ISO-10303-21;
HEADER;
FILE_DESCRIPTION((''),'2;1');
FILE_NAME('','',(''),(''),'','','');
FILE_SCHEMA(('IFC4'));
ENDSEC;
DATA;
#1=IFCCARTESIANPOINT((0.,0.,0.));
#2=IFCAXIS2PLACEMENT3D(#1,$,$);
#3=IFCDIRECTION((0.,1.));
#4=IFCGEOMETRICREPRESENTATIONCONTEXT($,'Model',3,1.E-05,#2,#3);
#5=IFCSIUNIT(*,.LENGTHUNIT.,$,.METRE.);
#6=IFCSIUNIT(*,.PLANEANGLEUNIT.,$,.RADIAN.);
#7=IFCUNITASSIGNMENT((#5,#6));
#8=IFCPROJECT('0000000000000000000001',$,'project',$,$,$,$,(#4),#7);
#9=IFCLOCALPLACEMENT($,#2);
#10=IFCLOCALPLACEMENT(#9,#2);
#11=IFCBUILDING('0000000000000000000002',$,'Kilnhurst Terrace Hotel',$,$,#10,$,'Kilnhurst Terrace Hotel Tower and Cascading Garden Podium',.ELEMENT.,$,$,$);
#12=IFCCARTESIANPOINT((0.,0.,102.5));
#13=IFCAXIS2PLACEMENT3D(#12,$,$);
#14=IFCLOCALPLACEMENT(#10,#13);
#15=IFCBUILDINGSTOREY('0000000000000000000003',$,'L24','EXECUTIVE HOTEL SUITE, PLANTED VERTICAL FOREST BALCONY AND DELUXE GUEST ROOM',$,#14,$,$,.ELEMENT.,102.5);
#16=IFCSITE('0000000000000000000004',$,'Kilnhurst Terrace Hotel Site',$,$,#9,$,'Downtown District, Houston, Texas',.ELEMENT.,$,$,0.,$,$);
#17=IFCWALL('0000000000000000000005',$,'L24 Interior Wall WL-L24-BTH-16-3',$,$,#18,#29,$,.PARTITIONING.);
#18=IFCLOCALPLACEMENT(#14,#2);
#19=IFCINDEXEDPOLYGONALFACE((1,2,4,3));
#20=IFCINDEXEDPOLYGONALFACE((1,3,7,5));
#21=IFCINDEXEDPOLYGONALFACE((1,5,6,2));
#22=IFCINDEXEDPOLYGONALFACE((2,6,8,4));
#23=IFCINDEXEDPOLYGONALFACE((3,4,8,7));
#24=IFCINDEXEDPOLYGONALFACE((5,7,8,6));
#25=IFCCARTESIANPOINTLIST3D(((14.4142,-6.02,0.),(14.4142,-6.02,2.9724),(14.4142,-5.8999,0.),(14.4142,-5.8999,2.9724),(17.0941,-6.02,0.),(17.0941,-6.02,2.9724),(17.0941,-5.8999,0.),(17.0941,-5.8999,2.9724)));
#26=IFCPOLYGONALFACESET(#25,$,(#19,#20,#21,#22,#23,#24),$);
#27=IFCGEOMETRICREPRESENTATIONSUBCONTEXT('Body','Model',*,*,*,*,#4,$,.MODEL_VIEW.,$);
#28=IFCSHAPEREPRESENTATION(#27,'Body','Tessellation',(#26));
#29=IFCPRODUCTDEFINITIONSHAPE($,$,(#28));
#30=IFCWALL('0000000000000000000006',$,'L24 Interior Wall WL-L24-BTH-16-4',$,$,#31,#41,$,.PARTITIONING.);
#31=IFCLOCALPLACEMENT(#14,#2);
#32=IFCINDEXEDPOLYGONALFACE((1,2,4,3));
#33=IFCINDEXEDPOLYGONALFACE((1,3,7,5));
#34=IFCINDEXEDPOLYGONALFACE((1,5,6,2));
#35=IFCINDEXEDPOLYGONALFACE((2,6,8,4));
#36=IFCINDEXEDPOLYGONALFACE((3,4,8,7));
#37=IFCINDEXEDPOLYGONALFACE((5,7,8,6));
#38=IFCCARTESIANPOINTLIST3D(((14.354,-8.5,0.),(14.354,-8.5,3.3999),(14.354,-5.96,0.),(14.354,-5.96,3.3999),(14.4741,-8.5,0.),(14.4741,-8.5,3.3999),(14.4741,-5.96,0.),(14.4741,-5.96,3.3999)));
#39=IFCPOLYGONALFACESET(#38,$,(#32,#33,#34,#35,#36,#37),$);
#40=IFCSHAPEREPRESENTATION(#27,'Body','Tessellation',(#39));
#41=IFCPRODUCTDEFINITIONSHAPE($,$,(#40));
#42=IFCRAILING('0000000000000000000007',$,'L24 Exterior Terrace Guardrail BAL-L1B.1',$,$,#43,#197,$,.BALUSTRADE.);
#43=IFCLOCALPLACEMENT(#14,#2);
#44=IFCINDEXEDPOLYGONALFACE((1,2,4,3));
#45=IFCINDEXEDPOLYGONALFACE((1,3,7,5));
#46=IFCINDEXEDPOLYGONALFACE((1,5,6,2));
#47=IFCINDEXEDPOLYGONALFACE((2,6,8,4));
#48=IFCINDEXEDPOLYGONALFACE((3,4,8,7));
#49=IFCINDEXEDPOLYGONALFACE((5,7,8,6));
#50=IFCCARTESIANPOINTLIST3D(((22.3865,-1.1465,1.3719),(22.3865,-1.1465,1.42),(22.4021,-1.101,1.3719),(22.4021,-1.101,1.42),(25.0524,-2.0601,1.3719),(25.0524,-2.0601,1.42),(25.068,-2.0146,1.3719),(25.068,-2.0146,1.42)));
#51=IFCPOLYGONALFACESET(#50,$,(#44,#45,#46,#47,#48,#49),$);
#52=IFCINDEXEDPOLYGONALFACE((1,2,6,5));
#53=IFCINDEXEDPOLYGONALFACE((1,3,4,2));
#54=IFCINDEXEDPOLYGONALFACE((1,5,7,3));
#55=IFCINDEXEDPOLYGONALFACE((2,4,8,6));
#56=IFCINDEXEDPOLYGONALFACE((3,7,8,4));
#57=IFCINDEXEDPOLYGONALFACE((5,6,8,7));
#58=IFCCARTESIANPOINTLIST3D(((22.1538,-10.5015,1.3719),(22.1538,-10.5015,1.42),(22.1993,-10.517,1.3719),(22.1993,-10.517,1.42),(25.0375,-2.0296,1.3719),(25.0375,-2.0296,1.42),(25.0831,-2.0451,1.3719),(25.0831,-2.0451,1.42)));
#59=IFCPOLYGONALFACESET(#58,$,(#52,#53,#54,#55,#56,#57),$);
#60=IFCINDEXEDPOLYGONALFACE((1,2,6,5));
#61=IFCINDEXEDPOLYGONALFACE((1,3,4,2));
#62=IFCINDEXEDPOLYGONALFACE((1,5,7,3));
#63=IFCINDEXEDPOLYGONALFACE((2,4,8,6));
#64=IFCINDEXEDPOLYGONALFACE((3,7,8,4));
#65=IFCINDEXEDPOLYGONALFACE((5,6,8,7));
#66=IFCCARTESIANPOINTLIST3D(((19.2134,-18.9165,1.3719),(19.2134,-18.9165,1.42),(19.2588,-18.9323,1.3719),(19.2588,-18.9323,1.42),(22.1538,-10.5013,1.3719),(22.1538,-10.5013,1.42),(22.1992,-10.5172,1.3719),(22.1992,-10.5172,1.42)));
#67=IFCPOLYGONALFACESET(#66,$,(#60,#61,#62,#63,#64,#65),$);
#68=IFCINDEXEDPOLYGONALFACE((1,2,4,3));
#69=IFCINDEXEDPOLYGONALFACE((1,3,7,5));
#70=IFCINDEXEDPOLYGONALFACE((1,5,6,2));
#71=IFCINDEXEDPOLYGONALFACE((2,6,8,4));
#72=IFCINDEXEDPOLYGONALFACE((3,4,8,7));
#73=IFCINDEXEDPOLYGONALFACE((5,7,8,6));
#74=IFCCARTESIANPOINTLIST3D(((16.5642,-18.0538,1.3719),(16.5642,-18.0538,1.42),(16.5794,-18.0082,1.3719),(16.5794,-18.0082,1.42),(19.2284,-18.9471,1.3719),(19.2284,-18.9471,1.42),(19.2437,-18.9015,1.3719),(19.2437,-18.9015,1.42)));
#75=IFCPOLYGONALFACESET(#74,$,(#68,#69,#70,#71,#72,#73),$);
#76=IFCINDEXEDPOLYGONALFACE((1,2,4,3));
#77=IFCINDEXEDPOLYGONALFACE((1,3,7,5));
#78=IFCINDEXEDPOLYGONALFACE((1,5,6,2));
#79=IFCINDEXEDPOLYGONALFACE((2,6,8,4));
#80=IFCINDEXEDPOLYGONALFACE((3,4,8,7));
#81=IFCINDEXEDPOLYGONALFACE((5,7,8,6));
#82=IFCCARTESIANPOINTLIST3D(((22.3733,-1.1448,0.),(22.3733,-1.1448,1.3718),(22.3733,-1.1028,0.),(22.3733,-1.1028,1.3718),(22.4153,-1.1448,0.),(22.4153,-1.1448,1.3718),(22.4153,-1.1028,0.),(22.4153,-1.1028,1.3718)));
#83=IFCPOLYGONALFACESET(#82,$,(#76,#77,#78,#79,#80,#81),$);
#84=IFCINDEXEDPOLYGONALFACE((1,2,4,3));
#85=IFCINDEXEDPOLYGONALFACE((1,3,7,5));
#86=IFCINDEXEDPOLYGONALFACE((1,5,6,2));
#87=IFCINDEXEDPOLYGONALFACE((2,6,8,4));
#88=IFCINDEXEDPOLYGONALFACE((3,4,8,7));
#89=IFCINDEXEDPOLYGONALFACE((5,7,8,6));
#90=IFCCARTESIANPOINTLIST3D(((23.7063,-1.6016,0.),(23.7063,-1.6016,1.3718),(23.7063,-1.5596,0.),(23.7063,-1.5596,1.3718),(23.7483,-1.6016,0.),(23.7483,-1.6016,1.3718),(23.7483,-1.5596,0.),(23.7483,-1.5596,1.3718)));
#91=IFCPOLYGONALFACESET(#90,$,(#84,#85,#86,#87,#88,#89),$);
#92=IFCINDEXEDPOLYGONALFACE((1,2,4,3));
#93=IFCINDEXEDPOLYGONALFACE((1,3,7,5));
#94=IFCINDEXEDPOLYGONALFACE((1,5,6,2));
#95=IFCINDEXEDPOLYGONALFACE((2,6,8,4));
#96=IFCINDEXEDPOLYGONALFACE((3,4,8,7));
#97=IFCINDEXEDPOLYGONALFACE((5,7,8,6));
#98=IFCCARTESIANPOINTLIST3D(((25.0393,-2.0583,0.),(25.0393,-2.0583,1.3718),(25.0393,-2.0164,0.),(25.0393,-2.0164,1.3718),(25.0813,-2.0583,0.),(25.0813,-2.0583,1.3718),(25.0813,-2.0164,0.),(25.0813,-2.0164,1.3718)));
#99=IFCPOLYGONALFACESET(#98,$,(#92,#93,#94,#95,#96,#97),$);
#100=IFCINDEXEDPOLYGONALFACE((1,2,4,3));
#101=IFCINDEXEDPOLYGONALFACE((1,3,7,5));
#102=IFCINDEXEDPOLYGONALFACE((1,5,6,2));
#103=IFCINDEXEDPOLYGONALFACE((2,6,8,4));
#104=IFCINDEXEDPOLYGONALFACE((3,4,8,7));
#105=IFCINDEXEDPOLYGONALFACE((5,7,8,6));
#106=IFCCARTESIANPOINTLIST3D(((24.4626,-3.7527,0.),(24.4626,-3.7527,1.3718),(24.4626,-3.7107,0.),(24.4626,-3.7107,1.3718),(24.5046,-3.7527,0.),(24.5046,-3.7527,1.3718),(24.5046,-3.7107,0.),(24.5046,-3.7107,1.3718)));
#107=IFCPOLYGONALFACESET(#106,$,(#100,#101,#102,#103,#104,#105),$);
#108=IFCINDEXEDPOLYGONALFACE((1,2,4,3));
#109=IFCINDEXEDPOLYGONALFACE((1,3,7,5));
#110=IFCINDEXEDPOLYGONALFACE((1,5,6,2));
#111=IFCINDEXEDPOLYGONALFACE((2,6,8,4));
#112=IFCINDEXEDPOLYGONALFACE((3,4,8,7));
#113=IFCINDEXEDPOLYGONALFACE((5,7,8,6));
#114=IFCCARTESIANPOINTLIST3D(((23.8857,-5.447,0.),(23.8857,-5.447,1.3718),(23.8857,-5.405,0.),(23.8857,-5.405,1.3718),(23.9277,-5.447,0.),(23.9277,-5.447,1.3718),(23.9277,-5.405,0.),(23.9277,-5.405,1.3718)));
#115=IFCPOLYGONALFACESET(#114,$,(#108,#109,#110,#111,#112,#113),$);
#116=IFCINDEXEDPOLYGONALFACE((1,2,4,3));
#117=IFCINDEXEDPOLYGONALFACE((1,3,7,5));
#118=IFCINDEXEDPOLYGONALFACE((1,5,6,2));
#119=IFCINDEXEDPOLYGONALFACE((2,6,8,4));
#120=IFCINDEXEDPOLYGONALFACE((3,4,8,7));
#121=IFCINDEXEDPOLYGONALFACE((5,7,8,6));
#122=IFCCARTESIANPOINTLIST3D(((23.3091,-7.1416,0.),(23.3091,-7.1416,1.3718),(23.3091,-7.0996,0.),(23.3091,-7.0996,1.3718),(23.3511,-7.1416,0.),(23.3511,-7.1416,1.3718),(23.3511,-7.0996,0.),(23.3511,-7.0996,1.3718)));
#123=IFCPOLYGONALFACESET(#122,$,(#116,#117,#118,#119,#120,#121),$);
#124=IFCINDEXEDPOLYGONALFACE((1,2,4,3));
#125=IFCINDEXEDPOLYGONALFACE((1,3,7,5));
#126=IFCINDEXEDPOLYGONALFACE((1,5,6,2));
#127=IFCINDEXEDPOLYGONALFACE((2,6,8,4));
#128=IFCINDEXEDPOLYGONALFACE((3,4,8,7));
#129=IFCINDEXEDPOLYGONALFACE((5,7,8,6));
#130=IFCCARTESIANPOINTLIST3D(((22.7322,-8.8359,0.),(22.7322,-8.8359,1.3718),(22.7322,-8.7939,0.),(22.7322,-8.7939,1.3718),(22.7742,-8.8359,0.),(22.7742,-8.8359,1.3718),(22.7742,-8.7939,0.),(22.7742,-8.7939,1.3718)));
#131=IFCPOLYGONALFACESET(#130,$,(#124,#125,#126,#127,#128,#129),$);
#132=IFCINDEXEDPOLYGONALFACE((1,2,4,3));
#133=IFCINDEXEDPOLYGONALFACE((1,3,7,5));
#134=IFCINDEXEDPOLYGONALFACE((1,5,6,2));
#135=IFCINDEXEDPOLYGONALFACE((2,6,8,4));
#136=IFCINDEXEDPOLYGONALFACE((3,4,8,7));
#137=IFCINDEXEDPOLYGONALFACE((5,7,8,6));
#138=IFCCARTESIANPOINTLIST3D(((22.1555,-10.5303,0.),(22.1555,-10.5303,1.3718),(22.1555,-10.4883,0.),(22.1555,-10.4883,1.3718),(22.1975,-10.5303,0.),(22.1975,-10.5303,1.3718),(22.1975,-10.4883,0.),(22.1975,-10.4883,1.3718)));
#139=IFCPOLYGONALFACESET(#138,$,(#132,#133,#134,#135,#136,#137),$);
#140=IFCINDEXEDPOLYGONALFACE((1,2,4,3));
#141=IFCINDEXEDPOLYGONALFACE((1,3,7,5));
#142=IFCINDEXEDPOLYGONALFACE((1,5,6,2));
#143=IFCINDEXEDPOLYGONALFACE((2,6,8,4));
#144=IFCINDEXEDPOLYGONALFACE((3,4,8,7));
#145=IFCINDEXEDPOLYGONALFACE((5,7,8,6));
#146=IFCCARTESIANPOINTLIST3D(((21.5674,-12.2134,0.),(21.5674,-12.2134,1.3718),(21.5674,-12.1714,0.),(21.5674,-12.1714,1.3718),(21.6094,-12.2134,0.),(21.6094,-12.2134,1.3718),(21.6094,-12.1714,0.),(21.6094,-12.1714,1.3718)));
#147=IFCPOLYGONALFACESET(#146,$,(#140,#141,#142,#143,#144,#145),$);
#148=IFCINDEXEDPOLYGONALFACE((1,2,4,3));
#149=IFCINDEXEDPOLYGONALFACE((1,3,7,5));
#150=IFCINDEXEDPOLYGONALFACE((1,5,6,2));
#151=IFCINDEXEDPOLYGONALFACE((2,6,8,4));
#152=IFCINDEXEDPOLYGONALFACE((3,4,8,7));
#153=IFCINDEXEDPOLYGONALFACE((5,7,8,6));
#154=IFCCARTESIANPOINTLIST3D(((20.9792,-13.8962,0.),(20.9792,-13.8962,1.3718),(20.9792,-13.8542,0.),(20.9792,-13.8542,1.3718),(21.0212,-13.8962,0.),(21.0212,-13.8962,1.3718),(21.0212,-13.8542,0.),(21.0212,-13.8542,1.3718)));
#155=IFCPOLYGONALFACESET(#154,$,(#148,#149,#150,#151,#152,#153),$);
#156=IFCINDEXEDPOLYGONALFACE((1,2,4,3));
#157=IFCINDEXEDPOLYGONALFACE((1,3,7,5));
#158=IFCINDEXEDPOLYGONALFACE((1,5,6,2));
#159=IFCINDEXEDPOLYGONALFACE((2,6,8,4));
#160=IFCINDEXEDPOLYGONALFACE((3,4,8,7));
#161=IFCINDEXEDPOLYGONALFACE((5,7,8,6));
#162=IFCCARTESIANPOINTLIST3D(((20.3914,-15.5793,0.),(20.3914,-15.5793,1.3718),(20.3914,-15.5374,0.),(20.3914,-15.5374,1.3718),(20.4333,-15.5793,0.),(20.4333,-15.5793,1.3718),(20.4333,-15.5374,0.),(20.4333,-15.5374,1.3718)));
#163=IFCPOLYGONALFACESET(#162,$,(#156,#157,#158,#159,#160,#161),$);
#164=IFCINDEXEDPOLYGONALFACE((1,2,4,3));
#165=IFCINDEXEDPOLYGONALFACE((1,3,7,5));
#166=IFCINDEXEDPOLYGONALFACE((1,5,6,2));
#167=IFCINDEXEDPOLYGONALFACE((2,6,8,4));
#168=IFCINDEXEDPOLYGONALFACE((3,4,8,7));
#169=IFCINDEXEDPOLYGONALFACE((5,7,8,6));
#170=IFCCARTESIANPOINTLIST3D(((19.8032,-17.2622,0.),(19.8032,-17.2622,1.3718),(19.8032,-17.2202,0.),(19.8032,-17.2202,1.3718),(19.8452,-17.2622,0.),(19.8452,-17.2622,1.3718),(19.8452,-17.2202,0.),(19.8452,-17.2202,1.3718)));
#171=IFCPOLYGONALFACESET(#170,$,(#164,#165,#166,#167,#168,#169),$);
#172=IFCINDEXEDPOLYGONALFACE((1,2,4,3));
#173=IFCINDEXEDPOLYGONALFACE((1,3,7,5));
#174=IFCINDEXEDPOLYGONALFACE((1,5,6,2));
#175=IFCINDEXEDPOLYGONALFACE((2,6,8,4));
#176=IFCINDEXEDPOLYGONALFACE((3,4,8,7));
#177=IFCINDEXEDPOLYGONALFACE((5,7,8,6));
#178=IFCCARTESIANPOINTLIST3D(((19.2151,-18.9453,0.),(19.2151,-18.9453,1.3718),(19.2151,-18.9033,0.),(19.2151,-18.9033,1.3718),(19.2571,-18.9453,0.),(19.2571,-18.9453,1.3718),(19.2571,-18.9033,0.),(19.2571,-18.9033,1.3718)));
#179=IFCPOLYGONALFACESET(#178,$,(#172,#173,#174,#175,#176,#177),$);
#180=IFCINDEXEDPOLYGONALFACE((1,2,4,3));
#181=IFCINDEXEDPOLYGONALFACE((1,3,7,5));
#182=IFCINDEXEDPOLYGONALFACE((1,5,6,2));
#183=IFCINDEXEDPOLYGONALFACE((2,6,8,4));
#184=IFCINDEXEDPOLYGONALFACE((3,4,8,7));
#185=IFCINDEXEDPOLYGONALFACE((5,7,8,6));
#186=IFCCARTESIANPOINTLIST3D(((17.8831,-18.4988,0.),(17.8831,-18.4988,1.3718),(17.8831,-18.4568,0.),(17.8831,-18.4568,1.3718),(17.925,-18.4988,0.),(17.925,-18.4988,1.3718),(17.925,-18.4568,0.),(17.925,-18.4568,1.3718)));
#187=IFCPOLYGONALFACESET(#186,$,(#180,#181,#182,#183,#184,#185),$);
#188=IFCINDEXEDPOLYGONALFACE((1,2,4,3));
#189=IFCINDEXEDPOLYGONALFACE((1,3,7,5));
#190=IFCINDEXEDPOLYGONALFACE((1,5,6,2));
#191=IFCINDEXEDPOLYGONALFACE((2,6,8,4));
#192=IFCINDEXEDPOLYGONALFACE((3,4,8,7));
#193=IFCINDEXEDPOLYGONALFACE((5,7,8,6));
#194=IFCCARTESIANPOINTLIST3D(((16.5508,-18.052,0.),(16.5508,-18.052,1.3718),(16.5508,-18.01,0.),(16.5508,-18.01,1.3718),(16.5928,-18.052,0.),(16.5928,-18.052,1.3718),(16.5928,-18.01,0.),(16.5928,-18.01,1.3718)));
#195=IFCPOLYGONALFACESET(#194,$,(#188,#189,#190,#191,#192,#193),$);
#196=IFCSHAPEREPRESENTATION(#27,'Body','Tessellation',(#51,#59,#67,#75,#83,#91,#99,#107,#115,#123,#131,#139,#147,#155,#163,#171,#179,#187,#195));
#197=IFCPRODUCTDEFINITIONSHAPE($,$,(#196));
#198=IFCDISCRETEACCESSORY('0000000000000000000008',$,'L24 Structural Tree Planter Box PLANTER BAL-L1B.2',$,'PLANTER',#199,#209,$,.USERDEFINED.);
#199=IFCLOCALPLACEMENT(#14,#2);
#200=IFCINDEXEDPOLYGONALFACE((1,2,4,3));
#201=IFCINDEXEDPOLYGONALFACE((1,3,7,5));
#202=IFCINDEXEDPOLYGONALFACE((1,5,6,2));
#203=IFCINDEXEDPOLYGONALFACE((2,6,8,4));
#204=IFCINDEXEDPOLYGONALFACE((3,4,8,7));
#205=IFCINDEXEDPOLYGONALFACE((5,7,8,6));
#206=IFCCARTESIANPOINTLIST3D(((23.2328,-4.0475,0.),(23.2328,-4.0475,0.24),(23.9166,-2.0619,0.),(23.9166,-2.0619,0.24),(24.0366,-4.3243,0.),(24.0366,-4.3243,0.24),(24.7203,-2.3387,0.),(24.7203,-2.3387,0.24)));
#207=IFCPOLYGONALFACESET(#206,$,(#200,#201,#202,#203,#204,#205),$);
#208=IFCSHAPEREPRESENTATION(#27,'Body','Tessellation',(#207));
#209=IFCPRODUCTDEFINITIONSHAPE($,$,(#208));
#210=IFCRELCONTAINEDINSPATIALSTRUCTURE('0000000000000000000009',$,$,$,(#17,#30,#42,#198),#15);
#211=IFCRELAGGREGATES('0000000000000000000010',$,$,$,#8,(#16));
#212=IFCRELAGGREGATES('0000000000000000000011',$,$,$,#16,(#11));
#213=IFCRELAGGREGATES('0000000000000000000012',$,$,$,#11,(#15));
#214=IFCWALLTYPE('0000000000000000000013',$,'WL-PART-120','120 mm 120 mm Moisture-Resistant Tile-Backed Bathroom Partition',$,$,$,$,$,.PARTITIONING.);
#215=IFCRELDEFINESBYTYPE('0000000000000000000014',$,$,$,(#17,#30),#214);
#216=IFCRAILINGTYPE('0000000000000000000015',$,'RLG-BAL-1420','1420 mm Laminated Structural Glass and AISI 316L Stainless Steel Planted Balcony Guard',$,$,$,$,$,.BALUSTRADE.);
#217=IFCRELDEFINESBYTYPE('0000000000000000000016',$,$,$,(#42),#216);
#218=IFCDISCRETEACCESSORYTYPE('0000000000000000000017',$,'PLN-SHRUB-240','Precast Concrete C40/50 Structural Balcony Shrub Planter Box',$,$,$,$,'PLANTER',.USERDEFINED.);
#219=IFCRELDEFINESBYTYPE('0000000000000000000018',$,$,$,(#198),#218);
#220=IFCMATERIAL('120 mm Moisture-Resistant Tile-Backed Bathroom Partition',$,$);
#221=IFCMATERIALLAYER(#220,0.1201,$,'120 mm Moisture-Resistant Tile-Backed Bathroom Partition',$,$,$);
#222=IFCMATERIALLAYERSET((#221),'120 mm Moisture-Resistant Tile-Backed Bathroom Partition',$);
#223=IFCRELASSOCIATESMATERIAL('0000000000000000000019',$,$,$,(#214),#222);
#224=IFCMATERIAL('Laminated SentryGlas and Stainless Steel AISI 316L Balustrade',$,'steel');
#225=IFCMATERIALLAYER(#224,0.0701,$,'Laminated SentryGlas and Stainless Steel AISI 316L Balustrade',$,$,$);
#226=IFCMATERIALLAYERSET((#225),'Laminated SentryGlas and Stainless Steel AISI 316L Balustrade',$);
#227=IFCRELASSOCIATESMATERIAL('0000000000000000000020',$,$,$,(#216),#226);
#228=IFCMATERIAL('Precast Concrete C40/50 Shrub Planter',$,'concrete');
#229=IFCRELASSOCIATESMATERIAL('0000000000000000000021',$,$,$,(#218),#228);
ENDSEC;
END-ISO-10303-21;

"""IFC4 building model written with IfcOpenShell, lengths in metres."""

from ifc_helpers import new_model, si_unit, direction, frame, frame_2d, origin, origin_2d, place, context, subcontext, project, spatial, rectangle, extrude, material, layer, layer_set, type_object, element, save


model = new_model("IFC4")

# Units and contexts
model_context = context("Model", 3, precision=1e-05, world=origin(), true_north=direction((0.0, 1.0)))
body_context = subcontext(model_context, "Body", "Model", "MODEL_VIEW")
ifc_project = project(units=[si_unit("LENGTHUNIT", "METRE"), si_unit("PLANEANGLEUNIT", "RADIAN")], contexts=[model_context])

# Site, building, storey
site_placement = place(None, origin())
site = spatial("IfcSite", under=ifc_project, at=site_placement, Name="Kilnhurst Terrace Hotel Site", LongName="Downtown District, Houston, Texas", CompositionType="ELEMENT", RefElevation=0.0)
building_placement = place(site_placement, origin())
building = spatial("IfcBuilding", under=site, at=building_placement, Name="Kilnhurst Terrace Hotel", LongName="Kilnhurst Terrace Hotel Tower and Cascading Garden Podium", CompositionType="ELEMENT")
storey_placement = place(building_placement, frame((0.0, 0.0, 102.5)))
storey = spatial("IfcBuildingStorey", under=building, at=storey_placement, Name="L24", Description="EXECUTIVE HOTEL SUITE, PLANTED VERTICAL FOREST BALCONY AND DELUXE GUEST ROOM", CompositionType="ELEMENT", Elevation=102.5)

# Walls
ifc_material_1 = material(Name="120 mm Moisture-Resistant Tile-Backed Bathroom Partition")
ifc_layer_1 = layer(ifc_material_1, 0.1201, Name="120 mm Moisture-Resistant Tile-Backed Bathroom Partition")
ifc_layer_set_1 = layer_set([ifc_layer_1], Name="120 mm Moisture-Resistant Tile-Backed Bathroom Partition")
wall_type_1 = type_object("IfcWallType", Name="WL-PART-120", Description="120 mm 120 mm Moisture-Resistant Tile-Backed Bathroom Partition", PredefinedType="PARTITIONING", material=ifc_layer_set_1)
wall_1_placement = place(storey_placement, frame((17.094, -5.96, 0.0), z_axis=(0.0, 0.0, 1.0), x_axis=(-1.0, 0.0, 0.0)))
element("IfcWall", 1, at=wall_1_placement, inside=storey, type_object=wall_type_1, Name="L24 Interior Wall WL-L24-BTH-16-3", PredefinedType="PARTITIONING", context=body_context, shape_type="SweptSolid", body=[
    extrude(rectangle(XDim=2.6799, YDim=0.1201, at=frame_2d((1.3398, 0.0))), origin(), (0.0, 0.0, 1.0), 2.9724),
])
wall_2_placement = place(storey_placement, frame((14.4141, -5.96, 0.0), z_axis=(0.0, 0.0, 1.0), x_axis=(0.0, -1.0, 0.0)))
element("IfcWall", 2, at=wall_2_placement, inside=storey, type_object=wall_type_1, Name="L24 Interior Wall WL-L24-BTH-16-4", PredefinedType="PARTITIONING", context=body_context, shape_type="SweptSolid", body=[
    extrude(rectangle(XDim=2.54, YDim=0.1201, at=frame_2d((1.27, 0.0))), origin(), (0.0, 0.0, 1.0), 3.3999),
])

# Railing
ifc_material_2 = material(Name="Laminated SentryGlas and Stainless Steel AISI 316L Balustrade", Category="steel")
ifc_layer_2 = layer(ifc_material_2, 0.0701, Name="Laminated SentryGlas and Stainless Steel AISI 316L Balustrade")
ifc_layer_set_2 = layer_set([ifc_layer_2], Name="Laminated SentryGlas and Stainless Steel AISI 316L Balustrade")
railing_type = type_object("IfcRailingType", Name="RLG-BAL-1420", Description="1420 mm Laminated Structural Glass and AISI 316L Stainless Steel Planted Balcony Guard", PredefinedType="BALUSTRADE", material=ifc_layer_set_2)
railing_placement = place(storey_placement, frame((22.3943, -1.1238, 0.0)))
element("IfcRailing", 3, at=railing_placement, inside=storey, type_object=railing_type, Name="L24 Exterior Terrace Guardrail BAL-L1B.1", PredefinedType="BALUSTRADE", context=body_context, shape_type="SweptSolid", body=[
    extrude(rectangle(XDim=0.0481, YDim=0.0481, at=origin_2d()), frame((0.0, 0.0, 1.396), z_axis=(0.945999, -0.324169, 0.0), x_axis=(0.324169, 0.945999, 0.0)), (0.0, 0.0, 1.0), 2.8181),
    extrude(rectangle(XDim=0.0481, YDim=0.0481, at=origin_2d()), frame((2.666, -0.9136, 1.396), z_axis=(-0.322237, -0.946659, 0.0), x_axis=(0.946659, -0.322237, 0.0)), (0.0, 0.0, 1.0), 8.9492),
    extrude(rectangle(XDim=0.0481, YDim=0.0481, at=origin_2d()), frame((-0.2178, -9.3855, 1.396), z_axis=(-0.329867, -0.944027, 0.0), x_axis=(0.944027, -0.329867, 0.0)), (0.0, 0.0, 1.0), 8.9141),
    extrude(rectangle(XDim=0.0481, YDim=0.0481, at=origin_2d()), frame((-3.1582, -17.8005, 1.396), z_axis=(-0.948126, 0.317895, 0.0), x_axis=(-0.317895, -0.948126, 0.0)), (0.0, 0.0, 1.0), 2.8101),
    extrude(rectangle(XDim=0.042, YDim=0.042, at=origin_2d()), origin(), (0.0, 0.0, 1.0), 1.3718),
    extrude(rectangle(XDim=0.042, YDim=0.042, at=origin_2d()), frame((1.333, -0.4568, 0.0)), (0.0, 0.0, 1.0), 1.3718),
    extrude(rectangle(XDim=0.042, YDim=0.042, at=origin_2d()), frame((2.666, -0.9136, 0.0)), (0.0, 0.0, 1.0), 1.3718),
    extrude(rectangle(XDim=0.042, YDim=0.042, at=origin_2d()), frame((2.0894, -2.6079, 0.0)), (0.0, 0.0, 1.0), 1.3718),
    extrude(rectangle(XDim=0.042, YDim=0.042, at=origin_2d()), frame((1.5125, -4.3022, 0.0)), (0.0, 0.0, 1.0), 1.3718),
    extrude(rectangle(XDim=0.042, YDim=0.042, at=origin_2d()), frame((0.9358, -5.9968, 0.0)), (0.0, 0.0, 1.0), 1.3718),
    extrude(rectangle(XDim=0.042, YDim=0.042, at=origin_2d()), frame((0.3589, -7.6912, 0.0)), (0.0, 0.0, 1.0), 1.3718),
    extrude(rectangle(XDim=0.042, YDim=0.042, at=origin_2d()), frame((-0.2178, -9.3855, 0.0)), (0.0, 0.0, 1.0), 1.3718),
    extrude(rectangle(XDim=0.042, YDim=0.042, at=origin_2d()), frame((-0.8059, -11.0686, 0.0)), (0.0, 0.0, 1.0), 1.3718),
    extrude(rectangle(XDim=0.042, YDim=0.042, at=origin_2d()), frame((-1.394, -12.7515, 0.0)), (0.0, 0.0, 1.0), 1.3718),
    extrude(rectangle(XDim=0.042, YDim=0.042, at=origin_2d()), frame((-1.9819, -14.4346, 0.0)), (0.0, 0.0, 1.0), 1.3718),
    extrude(rectangle(XDim=0.042, YDim=0.042, at=origin_2d()), frame((-2.5701, -16.1174, 0.0)), (0.0, 0.0, 1.0), 1.3718),
    extrude(rectangle(XDim=0.042, YDim=0.042, at=origin_2d()), frame((-3.1582, -17.8005, 0.0)), (0.0, 0.0, 1.0), 1.3718),
    extrude(rectangle(XDim=0.042, YDim=0.042, at=origin_2d()), frame((-4.4902, -17.354, 0.0)), (0.0, 0.0, 1.0), 1.3718),
    extrude(rectangle(XDim=0.042, YDim=0.042, at=origin_2d()), frame((-5.8225, -16.9072, 0.0)), (0.0, 0.0, 1.0), 1.3718),
])

# Discrete accessory
ifc_material_3 = material(Name="Precast Concrete C40/50 Shrub Planter", Category="concrete")
discrete_accessory_type = type_object("IfcDiscreteAccessoryType", Name="PLN-SHRUB-240", Description="Precast Concrete C40/50 Structural Balcony Shrub Planter Box", ElementType="PLANTER", PredefinedType="USERDEFINED", material=ifc_material_3)
discrete_accessory_placement = place(storey_placement, frame((23.9766, -3.1931, 0.0), z_axis=(0.0, 0.0, 1.0), x_axis=(0.325601, 0.945507, 0.0)))
element("IfcDiscreteAccessory", 4, at=discrete_accessory_placement, inside=storey, type_object=discrete_accessory_type, Name="L24 Structural Tree Planter Box PLANTER BAL-L1B.2", ObjectType="PLANTER", PredefinedType="USERDEFINED", context=body_context, shape_type="SweptSolid", body=[
    extrude(rectangle(XDim=2.1001, YDim=0.8501, at=origin_2d()), origin(), (0.0, 0.0, 1.0), 0.24),
])

save(model, "model.ifc")
